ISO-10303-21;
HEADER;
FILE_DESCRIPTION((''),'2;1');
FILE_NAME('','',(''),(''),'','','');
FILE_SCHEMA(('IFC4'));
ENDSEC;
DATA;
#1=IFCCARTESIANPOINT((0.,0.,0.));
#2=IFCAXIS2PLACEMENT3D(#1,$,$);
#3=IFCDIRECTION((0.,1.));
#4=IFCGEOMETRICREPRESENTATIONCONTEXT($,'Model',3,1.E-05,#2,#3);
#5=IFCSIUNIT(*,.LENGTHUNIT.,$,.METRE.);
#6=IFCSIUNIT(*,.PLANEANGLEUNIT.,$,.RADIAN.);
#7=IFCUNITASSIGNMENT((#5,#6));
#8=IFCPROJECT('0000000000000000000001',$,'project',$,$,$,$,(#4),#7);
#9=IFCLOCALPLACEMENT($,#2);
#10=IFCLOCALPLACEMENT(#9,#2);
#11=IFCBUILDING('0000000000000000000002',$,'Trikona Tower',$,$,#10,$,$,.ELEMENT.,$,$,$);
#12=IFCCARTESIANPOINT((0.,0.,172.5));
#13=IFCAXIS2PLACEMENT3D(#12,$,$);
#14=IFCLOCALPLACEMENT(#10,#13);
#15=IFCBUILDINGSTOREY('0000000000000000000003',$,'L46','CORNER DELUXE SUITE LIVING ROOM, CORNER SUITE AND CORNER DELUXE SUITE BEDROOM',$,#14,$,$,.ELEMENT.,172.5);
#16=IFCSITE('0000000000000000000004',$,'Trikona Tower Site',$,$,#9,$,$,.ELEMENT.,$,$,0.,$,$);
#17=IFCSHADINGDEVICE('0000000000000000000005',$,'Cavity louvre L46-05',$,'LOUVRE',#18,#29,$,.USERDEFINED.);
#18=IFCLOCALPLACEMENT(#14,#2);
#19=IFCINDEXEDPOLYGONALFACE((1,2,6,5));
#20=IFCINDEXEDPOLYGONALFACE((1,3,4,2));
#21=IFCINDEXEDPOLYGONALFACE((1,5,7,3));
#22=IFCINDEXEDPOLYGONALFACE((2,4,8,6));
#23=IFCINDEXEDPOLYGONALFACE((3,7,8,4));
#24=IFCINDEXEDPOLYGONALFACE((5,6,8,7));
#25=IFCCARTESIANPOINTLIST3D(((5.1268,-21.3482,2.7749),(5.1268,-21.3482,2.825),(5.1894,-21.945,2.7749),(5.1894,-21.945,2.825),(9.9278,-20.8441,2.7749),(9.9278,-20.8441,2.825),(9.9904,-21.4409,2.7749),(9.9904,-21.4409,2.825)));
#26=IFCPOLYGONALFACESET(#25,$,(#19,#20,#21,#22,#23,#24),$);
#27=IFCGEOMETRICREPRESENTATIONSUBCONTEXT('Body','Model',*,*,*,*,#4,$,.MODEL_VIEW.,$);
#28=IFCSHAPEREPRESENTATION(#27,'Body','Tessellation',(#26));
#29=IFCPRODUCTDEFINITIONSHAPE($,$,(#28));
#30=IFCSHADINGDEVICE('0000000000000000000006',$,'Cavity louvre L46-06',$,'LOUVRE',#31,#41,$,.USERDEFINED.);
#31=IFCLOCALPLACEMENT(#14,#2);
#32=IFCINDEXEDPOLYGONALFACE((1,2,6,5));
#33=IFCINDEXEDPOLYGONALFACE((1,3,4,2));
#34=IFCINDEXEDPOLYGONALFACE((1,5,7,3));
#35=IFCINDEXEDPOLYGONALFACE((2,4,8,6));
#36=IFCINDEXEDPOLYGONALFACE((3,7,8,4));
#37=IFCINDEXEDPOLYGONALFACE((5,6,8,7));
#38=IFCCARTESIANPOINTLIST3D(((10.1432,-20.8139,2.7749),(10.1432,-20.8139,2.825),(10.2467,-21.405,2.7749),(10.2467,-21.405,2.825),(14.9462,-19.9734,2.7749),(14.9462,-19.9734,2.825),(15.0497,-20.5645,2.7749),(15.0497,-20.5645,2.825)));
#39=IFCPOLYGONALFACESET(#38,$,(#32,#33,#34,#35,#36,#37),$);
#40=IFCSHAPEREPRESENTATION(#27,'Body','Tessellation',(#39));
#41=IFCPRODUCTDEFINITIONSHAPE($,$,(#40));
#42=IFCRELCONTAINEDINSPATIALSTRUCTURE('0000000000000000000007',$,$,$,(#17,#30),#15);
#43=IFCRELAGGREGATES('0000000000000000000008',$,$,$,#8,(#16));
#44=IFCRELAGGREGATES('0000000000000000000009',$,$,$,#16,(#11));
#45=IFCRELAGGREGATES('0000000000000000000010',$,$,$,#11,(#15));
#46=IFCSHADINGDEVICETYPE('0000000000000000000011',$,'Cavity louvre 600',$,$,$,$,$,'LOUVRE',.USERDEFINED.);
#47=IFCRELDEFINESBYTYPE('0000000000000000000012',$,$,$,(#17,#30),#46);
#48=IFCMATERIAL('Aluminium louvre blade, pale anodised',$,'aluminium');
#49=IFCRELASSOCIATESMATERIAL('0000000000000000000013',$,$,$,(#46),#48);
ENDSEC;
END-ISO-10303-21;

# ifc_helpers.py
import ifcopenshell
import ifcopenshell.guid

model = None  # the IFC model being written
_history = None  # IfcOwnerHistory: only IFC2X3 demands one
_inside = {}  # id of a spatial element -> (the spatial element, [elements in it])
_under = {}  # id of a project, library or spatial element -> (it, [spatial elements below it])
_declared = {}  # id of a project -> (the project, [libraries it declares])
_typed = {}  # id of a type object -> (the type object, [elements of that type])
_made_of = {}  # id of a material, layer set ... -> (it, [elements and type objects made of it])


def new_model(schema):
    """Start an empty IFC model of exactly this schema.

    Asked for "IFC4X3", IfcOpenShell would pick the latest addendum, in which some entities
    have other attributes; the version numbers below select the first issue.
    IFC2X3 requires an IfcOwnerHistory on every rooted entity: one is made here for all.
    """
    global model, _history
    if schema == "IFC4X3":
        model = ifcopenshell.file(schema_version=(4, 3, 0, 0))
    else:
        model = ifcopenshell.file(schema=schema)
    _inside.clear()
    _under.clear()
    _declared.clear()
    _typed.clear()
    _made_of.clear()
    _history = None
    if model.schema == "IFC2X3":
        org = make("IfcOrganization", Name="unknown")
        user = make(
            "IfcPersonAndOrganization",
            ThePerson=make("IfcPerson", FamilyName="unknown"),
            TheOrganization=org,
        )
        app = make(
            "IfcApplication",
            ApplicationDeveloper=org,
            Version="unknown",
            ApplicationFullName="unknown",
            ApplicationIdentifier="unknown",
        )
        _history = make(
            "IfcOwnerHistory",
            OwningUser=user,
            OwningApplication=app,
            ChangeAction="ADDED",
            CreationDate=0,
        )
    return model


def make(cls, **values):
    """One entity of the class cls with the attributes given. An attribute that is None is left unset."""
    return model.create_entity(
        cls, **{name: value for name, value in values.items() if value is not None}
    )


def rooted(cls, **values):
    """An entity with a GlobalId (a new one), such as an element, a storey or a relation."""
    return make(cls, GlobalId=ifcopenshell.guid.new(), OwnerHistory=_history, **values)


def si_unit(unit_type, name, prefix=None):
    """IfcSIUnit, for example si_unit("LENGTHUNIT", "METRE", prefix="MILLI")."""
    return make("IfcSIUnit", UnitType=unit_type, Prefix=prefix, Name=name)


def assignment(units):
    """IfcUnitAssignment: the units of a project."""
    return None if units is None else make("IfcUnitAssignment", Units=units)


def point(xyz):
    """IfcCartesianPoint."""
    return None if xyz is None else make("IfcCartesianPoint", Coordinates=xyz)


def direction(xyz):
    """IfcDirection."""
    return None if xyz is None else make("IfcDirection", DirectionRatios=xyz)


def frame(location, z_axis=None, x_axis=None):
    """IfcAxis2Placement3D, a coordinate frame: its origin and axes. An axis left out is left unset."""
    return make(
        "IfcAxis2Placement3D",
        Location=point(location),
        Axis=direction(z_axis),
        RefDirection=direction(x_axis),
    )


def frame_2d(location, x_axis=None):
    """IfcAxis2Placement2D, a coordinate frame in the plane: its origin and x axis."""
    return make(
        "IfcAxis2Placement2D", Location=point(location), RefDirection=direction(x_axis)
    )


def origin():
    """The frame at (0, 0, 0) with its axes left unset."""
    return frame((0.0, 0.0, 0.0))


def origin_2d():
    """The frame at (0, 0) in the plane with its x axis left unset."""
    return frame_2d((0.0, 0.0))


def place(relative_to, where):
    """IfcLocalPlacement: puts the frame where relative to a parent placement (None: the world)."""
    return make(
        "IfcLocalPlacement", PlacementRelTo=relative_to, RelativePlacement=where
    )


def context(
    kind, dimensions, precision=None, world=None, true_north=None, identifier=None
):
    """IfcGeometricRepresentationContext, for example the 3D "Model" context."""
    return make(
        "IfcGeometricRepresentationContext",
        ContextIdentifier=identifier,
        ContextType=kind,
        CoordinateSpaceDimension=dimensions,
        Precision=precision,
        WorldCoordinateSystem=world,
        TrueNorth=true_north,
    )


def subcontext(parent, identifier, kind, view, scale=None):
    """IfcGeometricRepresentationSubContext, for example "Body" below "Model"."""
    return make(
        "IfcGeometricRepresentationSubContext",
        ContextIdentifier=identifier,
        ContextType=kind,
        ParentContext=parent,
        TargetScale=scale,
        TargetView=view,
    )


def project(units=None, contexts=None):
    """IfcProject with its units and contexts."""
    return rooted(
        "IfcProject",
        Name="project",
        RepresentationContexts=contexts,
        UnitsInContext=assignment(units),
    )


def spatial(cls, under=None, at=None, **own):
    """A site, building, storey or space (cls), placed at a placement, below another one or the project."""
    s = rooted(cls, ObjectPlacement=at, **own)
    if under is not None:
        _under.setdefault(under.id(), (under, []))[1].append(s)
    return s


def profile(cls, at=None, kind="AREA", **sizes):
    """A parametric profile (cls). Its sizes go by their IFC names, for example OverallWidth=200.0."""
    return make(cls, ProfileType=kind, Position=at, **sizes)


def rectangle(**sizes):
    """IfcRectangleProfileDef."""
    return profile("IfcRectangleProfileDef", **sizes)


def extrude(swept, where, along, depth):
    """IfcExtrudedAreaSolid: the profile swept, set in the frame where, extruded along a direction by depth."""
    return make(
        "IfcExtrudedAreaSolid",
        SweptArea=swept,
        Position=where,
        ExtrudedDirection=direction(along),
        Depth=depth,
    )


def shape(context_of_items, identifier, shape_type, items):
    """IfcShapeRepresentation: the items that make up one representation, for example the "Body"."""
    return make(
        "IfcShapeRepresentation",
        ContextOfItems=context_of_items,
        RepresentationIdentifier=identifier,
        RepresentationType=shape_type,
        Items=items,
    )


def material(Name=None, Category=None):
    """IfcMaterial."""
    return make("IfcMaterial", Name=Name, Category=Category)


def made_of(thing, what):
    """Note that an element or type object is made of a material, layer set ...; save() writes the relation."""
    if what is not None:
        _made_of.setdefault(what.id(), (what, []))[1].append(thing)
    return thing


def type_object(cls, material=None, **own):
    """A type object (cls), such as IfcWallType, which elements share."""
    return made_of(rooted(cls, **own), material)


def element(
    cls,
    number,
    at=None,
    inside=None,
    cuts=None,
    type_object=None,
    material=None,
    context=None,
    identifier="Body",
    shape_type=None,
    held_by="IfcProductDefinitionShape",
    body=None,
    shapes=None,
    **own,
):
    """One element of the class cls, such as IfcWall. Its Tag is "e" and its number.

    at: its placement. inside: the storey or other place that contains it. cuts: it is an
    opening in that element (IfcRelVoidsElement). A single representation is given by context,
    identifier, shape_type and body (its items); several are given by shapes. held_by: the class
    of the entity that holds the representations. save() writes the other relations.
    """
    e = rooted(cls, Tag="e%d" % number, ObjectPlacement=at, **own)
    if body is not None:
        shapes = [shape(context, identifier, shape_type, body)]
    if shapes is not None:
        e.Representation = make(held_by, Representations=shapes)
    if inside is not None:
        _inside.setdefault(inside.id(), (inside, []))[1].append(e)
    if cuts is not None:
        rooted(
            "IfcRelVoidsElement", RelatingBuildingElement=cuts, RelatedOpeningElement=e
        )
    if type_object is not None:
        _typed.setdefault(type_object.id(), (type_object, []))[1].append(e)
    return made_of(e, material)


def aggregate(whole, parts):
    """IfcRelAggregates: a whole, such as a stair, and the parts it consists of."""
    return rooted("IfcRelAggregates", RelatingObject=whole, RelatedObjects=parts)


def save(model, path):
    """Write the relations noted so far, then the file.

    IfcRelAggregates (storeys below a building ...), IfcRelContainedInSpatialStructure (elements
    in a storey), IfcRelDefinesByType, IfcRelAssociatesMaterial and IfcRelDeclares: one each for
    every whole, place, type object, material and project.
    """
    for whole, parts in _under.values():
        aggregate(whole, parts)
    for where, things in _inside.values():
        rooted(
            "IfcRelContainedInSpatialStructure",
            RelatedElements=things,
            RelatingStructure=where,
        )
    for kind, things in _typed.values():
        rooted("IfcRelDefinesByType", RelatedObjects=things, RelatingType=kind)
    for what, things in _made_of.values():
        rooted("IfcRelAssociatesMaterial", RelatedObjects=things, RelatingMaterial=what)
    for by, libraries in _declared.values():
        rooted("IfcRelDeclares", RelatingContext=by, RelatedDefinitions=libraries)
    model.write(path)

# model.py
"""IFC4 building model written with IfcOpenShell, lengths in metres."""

from ifc_helpers import new_model, si_unit, direction, frame, origin, origin_2d, place, context, subcontext, project, spatial, rectangle, extrude, material, type_object, element, save


model = new_model("IFC4")

# Units and contexts
model_context = context("Model", 3, precision=1e-05, world=origin(), true_north=direction((0.0, 1.0)))
body_context = subcontext(model_context, "Body", "Model", "MODEL_VIEW")
ifc_project = project(units=[si_unit("LENGTHUNIT", "METRE"), si_unit("PLANEANGLEUNIT", "RADIAN")], contexts=[model_context])

# Site, building, storey
site_placement = place(None, origin())
site = spatial("IfcSite", under=ifc_project, at=site_placement, Name="Trikona Tower Site", CompositionType="ELEMENT", RefElevation=0.0)
building_placement = place(site_placement, origin())
building = spatial("IfcBuilding", under=site, at=building_placement, Name="Trikona Tower", CompositionType="ELEMENT")
storey_placement = place(building_placement, frame((0.0, 0.0, 172.5)))
storey = spatial("IfcBuildingStorey", under=building, at=storey_placement, Name="L46", Description="CORNER DELUXE SUITE LIVING ROOM, CORNER SUITE AND CORNER DELUXE SUITE BEDROOM", CompositionType="ELEMENT", Elevation=172.5)

# Shading devices
ifc_material_1 = material(Name="Aluminium louvre blade, pale anodised", Category="aluminium")
shading_device_type = type_object("IfcShadingDeviceType", Name="Cavity louvre 600", ElementType="LOUVRE", PredefinedType="USERDEFINED", material=ifc_material_1)
shading_device_1_placement = place(storey_placement, frame((7.5586, -21.3945, 2.7749), z_axis=(0.0, 0.0, 1.0), x_axis=(0.994533, 0.104426, 0.0)))
element("IfcShadingDevice", 1, at=shading_device_1_placement, inside=storey, type_object=shading_device_type, Name="Cavity louvre L46-05", ObjectType="LOUVRE", PredefinedType="USERDEFINED", context=body_context, shape_type="SweptSolid", body=[
    extrude(rectangle(XDim=4.8274, YDim=0.6001, at=origin_2d()), origin(), (0.0, 0.0, 1.0), 0.05),
])
shading_device_2_placement = place(storey_placement, frame((12.5964, -20.6892, 2.7749), z_axis=(0.0, 0.0, 1.0), x_axis=(0.985031, 0.17238, 0.0)))
element("IfcShadingDevice", 2, at=shading_device_2_placement, inside=storey, type_object=shading_device_type, Name="Cavity louvre L46-06", ObjectType="LOUVRE", PredefinedType="USERDEFINED", context=body_context, shape_type="SweptSolid", body=[
    extrude(rectangle(XDim=4.876, YDim=0.6001, at=origin_2d()), origin(), (0.0, 0.0, 1.0), 0.05),
])

save(model, "model.ifc")
